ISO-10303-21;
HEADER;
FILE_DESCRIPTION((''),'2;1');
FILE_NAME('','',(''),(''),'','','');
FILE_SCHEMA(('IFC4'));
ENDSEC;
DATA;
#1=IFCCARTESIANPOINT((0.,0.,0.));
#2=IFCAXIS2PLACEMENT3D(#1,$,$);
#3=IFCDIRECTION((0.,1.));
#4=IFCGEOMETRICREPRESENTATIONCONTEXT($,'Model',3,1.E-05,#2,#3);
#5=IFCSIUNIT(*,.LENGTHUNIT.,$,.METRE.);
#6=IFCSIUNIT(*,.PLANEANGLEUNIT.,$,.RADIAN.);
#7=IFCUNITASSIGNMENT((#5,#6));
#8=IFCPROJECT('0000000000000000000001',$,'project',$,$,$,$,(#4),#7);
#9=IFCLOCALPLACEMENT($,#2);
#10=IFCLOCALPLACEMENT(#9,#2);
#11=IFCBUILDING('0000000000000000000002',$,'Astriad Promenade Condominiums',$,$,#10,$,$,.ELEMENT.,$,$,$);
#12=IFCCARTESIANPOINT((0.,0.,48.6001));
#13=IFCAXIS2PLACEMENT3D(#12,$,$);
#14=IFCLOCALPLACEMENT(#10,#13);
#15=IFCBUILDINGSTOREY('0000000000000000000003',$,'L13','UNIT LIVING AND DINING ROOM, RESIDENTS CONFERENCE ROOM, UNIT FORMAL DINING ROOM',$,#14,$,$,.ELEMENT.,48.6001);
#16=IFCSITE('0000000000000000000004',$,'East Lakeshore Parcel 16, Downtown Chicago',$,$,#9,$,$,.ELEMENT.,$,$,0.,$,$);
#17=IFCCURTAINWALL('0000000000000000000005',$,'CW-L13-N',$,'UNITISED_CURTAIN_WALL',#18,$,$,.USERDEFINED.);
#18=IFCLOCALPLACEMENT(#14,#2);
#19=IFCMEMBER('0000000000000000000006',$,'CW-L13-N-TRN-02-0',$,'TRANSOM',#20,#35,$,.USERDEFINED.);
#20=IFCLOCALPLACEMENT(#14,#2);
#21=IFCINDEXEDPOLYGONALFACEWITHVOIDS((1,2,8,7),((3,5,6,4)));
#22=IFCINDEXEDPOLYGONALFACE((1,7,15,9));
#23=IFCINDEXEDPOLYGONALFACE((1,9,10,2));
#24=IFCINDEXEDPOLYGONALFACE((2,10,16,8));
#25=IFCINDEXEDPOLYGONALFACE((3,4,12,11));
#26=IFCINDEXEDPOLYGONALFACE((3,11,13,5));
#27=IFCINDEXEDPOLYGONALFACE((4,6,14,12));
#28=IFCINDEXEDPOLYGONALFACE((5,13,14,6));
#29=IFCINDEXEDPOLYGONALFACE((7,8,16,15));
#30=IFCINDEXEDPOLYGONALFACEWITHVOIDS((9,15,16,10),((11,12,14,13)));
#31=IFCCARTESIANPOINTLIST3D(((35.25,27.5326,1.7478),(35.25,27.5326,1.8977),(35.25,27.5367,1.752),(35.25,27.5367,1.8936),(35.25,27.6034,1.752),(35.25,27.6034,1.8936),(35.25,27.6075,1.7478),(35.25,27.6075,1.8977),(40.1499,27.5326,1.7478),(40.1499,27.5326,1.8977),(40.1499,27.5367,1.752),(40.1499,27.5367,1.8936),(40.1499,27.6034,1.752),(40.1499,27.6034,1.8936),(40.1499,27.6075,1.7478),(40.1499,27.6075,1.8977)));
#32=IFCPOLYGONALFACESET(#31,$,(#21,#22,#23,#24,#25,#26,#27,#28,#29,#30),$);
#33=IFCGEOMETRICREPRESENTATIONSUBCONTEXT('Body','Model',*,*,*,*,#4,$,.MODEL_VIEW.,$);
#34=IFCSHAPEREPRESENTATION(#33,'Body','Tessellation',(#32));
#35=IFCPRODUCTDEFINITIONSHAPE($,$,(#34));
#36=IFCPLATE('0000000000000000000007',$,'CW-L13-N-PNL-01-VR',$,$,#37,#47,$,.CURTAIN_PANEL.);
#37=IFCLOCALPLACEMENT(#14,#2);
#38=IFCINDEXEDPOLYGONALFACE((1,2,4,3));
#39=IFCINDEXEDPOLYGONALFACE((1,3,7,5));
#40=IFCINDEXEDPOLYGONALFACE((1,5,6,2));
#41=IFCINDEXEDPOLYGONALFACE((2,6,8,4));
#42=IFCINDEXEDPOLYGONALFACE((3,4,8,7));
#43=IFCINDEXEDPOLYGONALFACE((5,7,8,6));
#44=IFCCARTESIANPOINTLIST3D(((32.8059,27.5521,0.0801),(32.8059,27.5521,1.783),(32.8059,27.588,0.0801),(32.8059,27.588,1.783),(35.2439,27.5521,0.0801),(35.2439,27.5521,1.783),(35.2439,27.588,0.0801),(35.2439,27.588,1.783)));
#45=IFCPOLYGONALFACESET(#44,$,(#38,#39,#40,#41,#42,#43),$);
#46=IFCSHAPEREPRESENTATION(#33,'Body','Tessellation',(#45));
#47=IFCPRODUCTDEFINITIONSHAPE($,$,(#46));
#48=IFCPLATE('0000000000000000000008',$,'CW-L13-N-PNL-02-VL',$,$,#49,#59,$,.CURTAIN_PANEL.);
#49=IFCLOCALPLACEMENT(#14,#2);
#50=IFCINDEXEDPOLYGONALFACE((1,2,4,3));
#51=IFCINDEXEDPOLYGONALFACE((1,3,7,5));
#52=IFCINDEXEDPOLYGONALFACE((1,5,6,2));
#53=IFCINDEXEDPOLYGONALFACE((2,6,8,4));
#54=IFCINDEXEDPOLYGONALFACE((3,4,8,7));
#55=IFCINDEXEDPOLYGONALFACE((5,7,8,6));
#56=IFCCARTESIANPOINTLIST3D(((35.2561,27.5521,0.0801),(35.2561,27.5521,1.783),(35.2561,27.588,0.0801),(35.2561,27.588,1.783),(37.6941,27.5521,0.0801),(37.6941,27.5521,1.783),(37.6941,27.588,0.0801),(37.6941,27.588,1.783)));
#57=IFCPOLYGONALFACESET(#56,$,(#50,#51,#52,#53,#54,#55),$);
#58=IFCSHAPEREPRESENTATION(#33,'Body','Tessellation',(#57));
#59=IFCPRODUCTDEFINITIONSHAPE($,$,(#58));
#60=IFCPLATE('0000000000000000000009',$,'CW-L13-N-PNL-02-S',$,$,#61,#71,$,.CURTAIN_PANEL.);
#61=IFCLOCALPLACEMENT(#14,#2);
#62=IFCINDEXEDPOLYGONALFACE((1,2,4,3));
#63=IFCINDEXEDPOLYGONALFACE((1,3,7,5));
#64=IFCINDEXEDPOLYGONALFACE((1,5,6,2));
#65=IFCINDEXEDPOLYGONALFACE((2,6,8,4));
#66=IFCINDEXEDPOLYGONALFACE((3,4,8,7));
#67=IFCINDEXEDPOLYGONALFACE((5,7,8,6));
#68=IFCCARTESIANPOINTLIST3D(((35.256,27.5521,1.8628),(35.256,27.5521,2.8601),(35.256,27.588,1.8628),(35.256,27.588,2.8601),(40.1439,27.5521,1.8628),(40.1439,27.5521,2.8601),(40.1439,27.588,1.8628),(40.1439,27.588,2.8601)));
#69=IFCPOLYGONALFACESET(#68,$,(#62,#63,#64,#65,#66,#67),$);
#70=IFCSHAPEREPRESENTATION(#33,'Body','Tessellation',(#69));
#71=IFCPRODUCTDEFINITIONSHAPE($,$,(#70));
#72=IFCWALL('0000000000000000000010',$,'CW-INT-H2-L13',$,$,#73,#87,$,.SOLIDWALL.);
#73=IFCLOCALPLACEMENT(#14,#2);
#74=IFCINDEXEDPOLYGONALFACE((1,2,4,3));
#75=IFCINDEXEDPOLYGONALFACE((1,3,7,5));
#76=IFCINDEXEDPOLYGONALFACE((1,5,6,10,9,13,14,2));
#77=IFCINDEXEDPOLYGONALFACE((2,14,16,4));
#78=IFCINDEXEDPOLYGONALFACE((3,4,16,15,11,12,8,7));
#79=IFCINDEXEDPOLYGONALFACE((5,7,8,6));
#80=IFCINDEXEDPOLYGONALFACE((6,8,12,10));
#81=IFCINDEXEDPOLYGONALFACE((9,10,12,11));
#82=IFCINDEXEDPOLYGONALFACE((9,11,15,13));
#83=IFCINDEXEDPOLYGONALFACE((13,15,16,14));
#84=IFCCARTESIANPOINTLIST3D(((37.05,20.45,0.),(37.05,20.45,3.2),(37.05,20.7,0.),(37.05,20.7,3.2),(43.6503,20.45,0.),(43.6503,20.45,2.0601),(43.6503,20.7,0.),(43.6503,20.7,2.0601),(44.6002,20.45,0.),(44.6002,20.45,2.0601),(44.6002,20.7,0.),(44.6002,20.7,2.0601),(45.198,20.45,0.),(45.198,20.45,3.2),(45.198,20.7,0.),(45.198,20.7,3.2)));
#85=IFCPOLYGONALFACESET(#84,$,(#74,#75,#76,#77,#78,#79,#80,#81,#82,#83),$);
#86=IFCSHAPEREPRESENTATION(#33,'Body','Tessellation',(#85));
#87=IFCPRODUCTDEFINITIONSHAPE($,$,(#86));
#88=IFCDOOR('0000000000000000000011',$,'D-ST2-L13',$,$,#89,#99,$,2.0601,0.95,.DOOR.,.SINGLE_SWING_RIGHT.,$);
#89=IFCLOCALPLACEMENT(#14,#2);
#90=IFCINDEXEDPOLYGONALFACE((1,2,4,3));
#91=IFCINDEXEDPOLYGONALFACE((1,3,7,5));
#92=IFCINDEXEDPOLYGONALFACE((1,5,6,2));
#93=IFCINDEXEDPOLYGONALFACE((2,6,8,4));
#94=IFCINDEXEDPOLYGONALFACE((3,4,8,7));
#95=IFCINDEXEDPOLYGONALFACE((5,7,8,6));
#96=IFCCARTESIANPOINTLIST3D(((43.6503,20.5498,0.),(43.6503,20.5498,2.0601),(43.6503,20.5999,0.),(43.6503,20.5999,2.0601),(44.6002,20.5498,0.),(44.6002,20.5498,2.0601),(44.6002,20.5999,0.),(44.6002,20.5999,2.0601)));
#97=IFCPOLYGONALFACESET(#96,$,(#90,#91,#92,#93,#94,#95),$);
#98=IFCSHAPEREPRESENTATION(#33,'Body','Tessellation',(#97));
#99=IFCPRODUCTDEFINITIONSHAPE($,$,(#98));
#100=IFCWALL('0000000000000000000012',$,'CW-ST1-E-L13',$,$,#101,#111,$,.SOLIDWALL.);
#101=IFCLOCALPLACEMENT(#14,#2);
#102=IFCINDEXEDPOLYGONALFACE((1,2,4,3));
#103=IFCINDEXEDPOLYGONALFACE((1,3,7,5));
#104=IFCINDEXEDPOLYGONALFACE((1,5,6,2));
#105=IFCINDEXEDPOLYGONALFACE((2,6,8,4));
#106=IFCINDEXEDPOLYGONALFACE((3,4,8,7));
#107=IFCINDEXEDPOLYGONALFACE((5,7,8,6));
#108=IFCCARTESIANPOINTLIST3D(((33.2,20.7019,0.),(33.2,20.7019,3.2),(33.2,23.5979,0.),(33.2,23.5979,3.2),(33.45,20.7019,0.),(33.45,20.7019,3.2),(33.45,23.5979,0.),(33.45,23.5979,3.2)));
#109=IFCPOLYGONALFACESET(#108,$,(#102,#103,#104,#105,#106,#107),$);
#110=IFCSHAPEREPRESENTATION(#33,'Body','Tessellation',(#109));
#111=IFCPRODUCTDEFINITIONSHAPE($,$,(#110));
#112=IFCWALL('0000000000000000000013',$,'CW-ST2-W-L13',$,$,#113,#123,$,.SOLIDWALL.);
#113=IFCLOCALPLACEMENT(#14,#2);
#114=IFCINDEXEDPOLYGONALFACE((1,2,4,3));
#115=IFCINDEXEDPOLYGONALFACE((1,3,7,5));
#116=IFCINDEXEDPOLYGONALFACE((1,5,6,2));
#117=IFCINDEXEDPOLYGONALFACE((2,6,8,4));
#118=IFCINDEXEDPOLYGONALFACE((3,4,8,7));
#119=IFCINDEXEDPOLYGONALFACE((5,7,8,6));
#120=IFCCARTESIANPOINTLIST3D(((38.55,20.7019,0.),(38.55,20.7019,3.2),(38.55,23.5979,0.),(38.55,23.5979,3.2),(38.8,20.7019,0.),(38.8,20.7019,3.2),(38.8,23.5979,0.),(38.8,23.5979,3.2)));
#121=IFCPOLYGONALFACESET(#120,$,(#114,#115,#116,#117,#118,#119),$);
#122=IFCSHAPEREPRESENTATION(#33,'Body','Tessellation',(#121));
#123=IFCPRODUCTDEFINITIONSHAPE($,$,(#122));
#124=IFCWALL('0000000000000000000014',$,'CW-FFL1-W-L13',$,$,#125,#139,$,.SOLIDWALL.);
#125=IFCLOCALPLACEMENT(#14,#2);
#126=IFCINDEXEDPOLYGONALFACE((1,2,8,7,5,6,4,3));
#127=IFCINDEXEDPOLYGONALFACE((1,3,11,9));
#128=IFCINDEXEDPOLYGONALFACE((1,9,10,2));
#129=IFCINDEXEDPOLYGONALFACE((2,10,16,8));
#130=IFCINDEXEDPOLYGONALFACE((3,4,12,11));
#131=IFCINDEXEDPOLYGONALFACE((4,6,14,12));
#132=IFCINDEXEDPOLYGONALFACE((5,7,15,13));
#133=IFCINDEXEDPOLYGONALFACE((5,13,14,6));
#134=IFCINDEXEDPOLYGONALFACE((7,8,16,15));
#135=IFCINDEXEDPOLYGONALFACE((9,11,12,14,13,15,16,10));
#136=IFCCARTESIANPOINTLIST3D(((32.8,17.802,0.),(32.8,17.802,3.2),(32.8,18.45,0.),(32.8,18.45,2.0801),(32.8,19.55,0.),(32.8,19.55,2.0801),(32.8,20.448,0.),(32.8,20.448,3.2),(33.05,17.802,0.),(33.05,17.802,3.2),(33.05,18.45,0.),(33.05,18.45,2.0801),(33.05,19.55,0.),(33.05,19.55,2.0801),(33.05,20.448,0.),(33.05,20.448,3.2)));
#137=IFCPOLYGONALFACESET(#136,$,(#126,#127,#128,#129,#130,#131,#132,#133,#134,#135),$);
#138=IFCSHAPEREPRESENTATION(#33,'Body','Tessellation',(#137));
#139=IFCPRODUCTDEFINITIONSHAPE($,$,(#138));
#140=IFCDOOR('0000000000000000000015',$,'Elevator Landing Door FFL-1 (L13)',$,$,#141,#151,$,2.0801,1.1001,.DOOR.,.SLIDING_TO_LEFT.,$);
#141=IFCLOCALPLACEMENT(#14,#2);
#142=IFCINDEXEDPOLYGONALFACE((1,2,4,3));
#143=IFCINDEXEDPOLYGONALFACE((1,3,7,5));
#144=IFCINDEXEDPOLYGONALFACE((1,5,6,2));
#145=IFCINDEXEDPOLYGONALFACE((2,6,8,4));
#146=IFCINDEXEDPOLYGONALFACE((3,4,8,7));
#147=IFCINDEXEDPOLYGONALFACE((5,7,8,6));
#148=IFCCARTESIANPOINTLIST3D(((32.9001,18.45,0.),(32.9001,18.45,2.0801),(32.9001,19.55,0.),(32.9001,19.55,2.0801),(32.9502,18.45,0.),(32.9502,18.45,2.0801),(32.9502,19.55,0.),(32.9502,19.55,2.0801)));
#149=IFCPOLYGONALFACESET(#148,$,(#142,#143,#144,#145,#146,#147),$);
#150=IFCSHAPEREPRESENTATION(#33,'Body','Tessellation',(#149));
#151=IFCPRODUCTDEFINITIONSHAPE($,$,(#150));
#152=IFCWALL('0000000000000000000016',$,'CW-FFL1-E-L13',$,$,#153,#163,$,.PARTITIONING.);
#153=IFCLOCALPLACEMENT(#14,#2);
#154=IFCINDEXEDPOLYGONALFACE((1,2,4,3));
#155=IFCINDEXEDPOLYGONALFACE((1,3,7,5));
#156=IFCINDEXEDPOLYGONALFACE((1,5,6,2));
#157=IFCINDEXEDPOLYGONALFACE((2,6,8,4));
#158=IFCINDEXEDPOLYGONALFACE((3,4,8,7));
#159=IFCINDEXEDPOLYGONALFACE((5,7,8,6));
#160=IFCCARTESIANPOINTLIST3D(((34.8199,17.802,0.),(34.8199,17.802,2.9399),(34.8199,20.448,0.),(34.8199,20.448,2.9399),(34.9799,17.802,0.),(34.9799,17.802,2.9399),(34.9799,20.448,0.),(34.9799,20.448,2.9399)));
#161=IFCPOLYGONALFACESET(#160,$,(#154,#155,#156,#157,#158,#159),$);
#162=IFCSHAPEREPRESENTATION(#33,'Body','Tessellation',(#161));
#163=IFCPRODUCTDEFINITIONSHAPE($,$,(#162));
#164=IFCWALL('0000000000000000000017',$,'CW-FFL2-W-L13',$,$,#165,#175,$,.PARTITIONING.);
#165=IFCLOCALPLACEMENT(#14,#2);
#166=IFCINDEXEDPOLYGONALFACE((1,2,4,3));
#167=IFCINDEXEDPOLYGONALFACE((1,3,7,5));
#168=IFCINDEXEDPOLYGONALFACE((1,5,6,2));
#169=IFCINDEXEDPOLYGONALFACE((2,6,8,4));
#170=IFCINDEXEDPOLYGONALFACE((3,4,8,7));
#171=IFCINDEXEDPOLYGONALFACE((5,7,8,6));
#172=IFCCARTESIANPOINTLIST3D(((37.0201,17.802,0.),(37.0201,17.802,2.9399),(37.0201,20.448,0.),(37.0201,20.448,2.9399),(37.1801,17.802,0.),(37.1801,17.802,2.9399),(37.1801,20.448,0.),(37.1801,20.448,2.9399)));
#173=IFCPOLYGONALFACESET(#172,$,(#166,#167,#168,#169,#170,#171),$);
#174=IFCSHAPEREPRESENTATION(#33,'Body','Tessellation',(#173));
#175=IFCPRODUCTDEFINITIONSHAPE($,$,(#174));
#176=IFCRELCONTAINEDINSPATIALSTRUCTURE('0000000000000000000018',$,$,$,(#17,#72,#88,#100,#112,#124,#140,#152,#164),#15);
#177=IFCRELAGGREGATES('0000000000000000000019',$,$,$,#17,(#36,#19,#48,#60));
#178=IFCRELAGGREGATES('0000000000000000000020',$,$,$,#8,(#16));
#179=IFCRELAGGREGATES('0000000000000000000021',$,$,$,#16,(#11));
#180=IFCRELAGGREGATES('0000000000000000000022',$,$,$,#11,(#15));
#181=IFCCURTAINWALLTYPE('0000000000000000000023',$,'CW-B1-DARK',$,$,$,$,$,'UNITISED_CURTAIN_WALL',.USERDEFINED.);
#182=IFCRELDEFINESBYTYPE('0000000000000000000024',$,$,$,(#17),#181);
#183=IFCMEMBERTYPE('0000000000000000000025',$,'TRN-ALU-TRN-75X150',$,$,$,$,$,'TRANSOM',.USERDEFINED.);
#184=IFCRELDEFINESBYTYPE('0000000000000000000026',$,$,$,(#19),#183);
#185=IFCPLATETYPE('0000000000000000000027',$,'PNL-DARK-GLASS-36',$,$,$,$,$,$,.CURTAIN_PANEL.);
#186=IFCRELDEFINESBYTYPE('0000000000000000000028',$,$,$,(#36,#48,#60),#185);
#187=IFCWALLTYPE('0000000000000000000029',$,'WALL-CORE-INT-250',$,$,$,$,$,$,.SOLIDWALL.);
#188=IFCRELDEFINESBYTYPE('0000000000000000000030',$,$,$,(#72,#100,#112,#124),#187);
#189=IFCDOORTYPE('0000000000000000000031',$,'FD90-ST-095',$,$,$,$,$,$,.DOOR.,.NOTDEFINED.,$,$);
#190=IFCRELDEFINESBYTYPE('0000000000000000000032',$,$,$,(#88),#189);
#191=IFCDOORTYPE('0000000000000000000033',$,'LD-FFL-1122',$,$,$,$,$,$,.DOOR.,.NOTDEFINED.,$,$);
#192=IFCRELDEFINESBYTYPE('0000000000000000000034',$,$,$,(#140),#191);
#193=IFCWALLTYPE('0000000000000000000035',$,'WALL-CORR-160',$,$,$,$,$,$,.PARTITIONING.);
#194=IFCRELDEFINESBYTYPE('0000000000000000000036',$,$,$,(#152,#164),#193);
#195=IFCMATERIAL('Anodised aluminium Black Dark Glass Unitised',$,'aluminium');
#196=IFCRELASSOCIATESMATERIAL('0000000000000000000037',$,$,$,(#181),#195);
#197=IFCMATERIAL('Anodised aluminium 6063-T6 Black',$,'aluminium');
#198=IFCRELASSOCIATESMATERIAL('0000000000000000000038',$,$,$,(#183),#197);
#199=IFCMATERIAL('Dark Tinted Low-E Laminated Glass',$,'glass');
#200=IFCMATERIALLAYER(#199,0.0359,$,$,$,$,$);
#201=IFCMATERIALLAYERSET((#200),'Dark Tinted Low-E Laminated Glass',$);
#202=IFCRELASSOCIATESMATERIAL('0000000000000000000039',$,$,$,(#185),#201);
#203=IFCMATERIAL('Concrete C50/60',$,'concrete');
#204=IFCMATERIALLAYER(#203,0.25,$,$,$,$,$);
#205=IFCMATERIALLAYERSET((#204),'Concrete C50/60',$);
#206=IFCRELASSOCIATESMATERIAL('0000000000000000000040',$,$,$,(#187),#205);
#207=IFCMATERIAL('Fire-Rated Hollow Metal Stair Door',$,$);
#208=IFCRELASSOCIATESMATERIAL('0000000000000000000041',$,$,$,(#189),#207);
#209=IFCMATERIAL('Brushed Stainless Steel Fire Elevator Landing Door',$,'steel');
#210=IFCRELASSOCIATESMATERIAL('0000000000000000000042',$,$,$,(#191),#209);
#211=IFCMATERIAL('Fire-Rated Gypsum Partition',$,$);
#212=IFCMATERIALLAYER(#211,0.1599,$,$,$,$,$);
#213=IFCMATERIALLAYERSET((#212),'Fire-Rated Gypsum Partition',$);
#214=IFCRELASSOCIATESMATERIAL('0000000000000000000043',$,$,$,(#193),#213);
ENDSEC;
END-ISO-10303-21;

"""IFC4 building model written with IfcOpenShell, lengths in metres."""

from ifc_helpers import new_model, si_unit, direction, frame, frame_2d, origin, origin_2d, place, context, subcontext, project, spatial, rectangle, hollow_rectangle, extrude, source, transform, mapped, material, layer, layer_set, material_profile, profile_set, type_object, type_shapes, element, fill, aggregate, save


model = new_model("IFC4")

# Units and contexts
model_context = context("Model", 3, precision=1e-05, world=origin(), true_north=direction((0.0, 1.0)))
body_context = subcontext(model_context, "Body", "Model", "MODEL_VIEW")
ifc_project = project(units=[si_unit("LENGTHUNIT", "METRE"), si_unit("PLANEANGLEUNIT", "RADIAN")], contexts=[model_context])

# Site, building, storey
site_placement = place(None, origin())
site = spatial("IfcSite", under=ifc_project, at=site_placement, Name="East Lakeshore Parcel 16, Downtown Chicago", CompositionType="ELEMENT", RefElevation=0.0)
building_placement = place(site_placement, origin())
building = spatial("IfcBuilding", under=site, at=building_placement, Name="Astriad Promenade Condominiums", CompositionType="ELEMENT")
storey_placement = place(building_placement, frame((0.0, 0.0, 48.6001)))
storey = spatial("IfcBuildingStorey", under=building, at=storey_placement, Name="L13", Description="UNIT LIVING AND DINING ROOM, RESIDENTS CONFERENCE ROOM, UNIT FORMAL DINING ROOM", CompositionType="ELEMENT", Elevation=48.6001)

# Curtain wall, member, plates
ifc_material_1 = material(Name="Anodised aluminium Black Dark Glass Unitised", Category="aluminium")
curtain_wall_type = type_object("IfcCurtainWallType", Name="CW-B1-DARK", ElementType="UNITISED_CURTAIN_WALL", PredefinedType="USERDEFINED", material=ifc_material_1)
curtain_wall_placement = place(storey_placement, origin())
curtain_wall = element("IfcCurtainWall", 1, at=curtain_wall_placement, inside=storey, type_object=curtain_wall_type, Name="CW-L13-N", ObjectType="UNITISED_CURTAIN_WALL", PredefinedType="USERDEFINED")
ifc_material_2 = material(Name="Anodised aluminium 6063-T6 Black", Category="aluminium")
ifc_material_profile_1 = material_profile(ifc_material_2, hollow_rectangle(XDim=0.075, YDim=0.1499, WallThickness=0.0042, at=origin_2d()), Name="ALU-TRN-75X150")
ifc_profile_set_1 = profile_set([ifc_material_profile_1], Name="Anodised aluminium 6063-T6 Black")
member_type_1 = type_object("IfcMemberType", Name="TRN-ALU-TRN-75X150", ElementType="TRANSOM", PredefinedType="USERDEFINED", material=ifc_profile_set_1)
shared_shape_1 = source(origin(), body_context, "Body", "SweptSolid", [
    extrude(hollow_rectangle(XDim=0.075, YDim=0.1499, WallThickness=0.0042, at=origin_2d()), origin(), (0.0, 0.0, 1.0), 4.8999),
])
type_shapes(member_type_1, [shared_shape_1])
member_1_placement = place(storey_placement, frame((35.25, 27.5701, 1.8228), z_axis=(1.0, 0.0, 0.0), x_axis=(0.0, 1.0, 0.0)))
member_1 = element("IfcMember", 2, at=member_1_placement, type_object=member_type_1, Name="CW-L13-N-TRN-02-0", ObjectType="TRANSOM", PredefinedType="USERDEFINED", context=body_context, shape_type="MappedRepresentation", body=[
    mapped(shared_shape_1, transform((0.0, 0.0, 0.0), scale=1.0)),
])
ifc_material_3 = material(Name="Dark Tinted Low-E Laminated Glass", Category="glass")
ifc_layer_1 = layer(ifc_material_3, 0.0359)
ifc_layer_set_1 = layer_set([ifc_layer_1], Name="Dark Tinted Low-E Laminated Glass")
plate_type = type_object("IfcPlateType", Name="PNL-DARK-GLASS-36", PredefinedType="CURTAIN_PANEL", material=ifc_layer_set_1)
shared_shape_2 = source(origin(), body_context, "Body", "SweptSolid", [
    extrude(rectangle(XDim=2.438, YDim=0.0359, at=origin_2d()), origin(), (0.0, 0.0, 1.0), 1.7029),
])
plate_1_placement = place(storey_placement, frame((34.0249, 27.5701, 0.0801), z_axis=(0.0, 0.0, 1.0), x_axis=(1.0, 0.0, 0.0)))
plate_1 = element("IfcPlate", 3, at=plate_1_placement, type_object=plate_type, Name="CW-L13-N-PNL-01-VR", PredefinedType="CURTAIN_PANEL", context=body_context, shape_type="MappedRepresentation", body=[
    mapped(shared_shape_2, transform((0.0, 0.0, 0.0), scale=1.0)),
])
plate_2_placement = place(storey_placement, frame((36.4751, 27.5701, 0.0801), z_axis=(0.0, 0.0, 1.0), x_axis=(1.0, 0.0, 0.0)))
plate_2 = element("IfcPlate", 4, at=plate_2_placement, type_object=plate_type, Name="CW-L13-N-PNL-02-VL", PredefinedType="CURTAIN_PANEL", context=body_context, shape_type="MappedRepresentation", body=[
    mapped(shared_shape_2, transform((0.0, 0.0, 0.0), scale=1.0)),
])
shared_shape_3 = source(origin(), body_context, "Body", "SweptSolid", [
    extrude(rectangle(XDim=4.8879, YDim=0.0359, at=origin_2d()), origin(), (0.0, 0.0, 1.0), 0.9973),
])
type_shapes(plate_type, [shared_shape_2, shared_shape_3])
plate_3_placement = place(storey_placement, frame((37.7, 27.5701, 1.8628), z_axis=(0.0, 0.0, 1.0), x_axis=(1.0, 0.0, 0.0)))
plate_3 = element("IfcPlate", 5, at=plate_3_placement, type_object=plate_type, Name="CW-L13-N-PNL-02-S", PredefinedType="CURTAIN_PANEL", context=body_context, shape_type="MappedRepresentation", body=[
    mapped(shared_shape_3, transform((0.0, 0.0, 0.0), scale=1.0)),
])
aggregate(curtain_wall, [plate_1, member_1, plate_2, plate_3])

# Wall, opening, door
ifc_material_4 = material(Name="Concrete C50/60", Category="concrete")
ifc_layer_2 = layer(ifc_material_4, 0.25)
ifc_layer_set_2 = layer_set([ifc_layer_2], Name="Concrete C50/60")
wall_type_1 = type_object("IfcWallType", Name="WALL-CORE-INT-250", PredefinedType="SOLIDWALL", material=ifc_layer_set_2)
wall_1_placement = place(storey_placement, frame((37.05, 20.575, 0.0), z_axis=(0.0, 0.0, 1.0), x_axis=(1.0, 0.0, 0.0)))
wall_1 = element("IfcWall", 6, at=wall_1_placement, inside=storey, type_object=wall_type_1, Name="CW-INT-H2-L13", PredefinedType="SOLIDWALL", context=body_context, shape_type="SweptSolid", body=[
    extrude(rectangle(XDim=8.1479, YDim=0.25, at=frame_2d((4.074, 0.0))), origin(), (0.0, 0.0, 1.0), 3.2),
])
opening_1_placement = place(wall_1_placement, frame((6.6001, 0.0, 0.0)))
opening_1 = element("IfcOpeningElement", 7, at=opening_1_placement, cuts=wall_1, PredefinedType="OPENING", context=body_context, shape_type="SweptSolid", body=[
    extrude(rectangle(XDim=0.95, YDim=2.0601, at=frame_2d((0.4751, 1.03))), frame((0.0, 0.135, 0.0), z_axis=(0.0, -1.0, 0.0), x_axis=(1.0, 0.0, 0.0)), (0.0, 0.0, 1.0), 0.27),
])
ifc_material_5 = material(Name="Fire-Rated Hollow Metal Stair Door")
door_type_1 = type_object("IfcDoorType", Name="FD90-ST-095", OperationType="NOTDEFINED", PredefinedType="DOOR", material=ifc_material_5)
shared_shape_4 = source(origin(), body_context, "Body", "SweptSolid", [
    extrude(rectangle(XDim=0.95, YDim=2.0601, at=frame_2d((0.4751, 1.03))), frame((0.0, 0.0249, 0.0), z_axis=(0.0, -1.0, 0.0), x_axis=(1.0, 0.0, 0.0)), (0.0, 0.0, 1.0), 0.05),
])
type_shapes(door_type_1, [shared_shape_4])
door_1_placement = place(opening_1_placement, origin())
door_1 = element("IfcDoor", 8, at=door_1_placement, inside=storey, type_object=door_type_1, Name="D-ST2-L13", OperationType="SINGLE_SWING_RIGHT", OverallHeight=2.0601, OverallWidth=0.95, PredefinedType="DOOR", context=body_context, shape_type="MappedRepresentation", body=[
    mapped(shared_shape_4, transform((0.0, 0.0, 0.0), scale=1.0)),
])
fill(opening_1, door_1)

# Walls
for number, where, z_axis, x_axis, name in (
    (9, (33.325, 20.7019, 0.0), (0.0, 0.0, 1.0), (0.0, 1.0, 0.0), "CW-ST1-E-L13"),
    (10, (38.675, 20.7019, 0.0), (0.0, 0.0, 1.0), (0.0, 1.0, 0.0), "CW-ST2-W-L13"),
):
    element("IfcWall", number, at=place(storey_placement, frame(where, z_axis=z_axis, x_axis=x_axis)), inside=storey, type_object=wall_type_1, Name=name, PredefinedType="SOLIDWALL", context=body_context, shape_type="SweptSolid", body=[
        extrude(rectangle(XDim=2.896, YDim=0.25, at=frame_2d((1.448, 0.0))), origin(), (0.0, 0.0, 1.0), 3.2),
    ])

# Wall, opening, door
wall_2_placement = place(storey_placement, frame((32.925, 17.802, 0.0), z_axis=(0.0, 0.0, 1.0), x_axis=(0.0, 1.0, 0.0)))
wall_2 = element("IfcWall", 11, at=wall_2_placement, inside=storey, type_object=wall_type_1, Name="CW-FFL1-W-L13", PredefinedType="SOLIDWALL", context=body_context, shape_type="SweptSolid", body=[
    extrude(rectangle(XDim=2.646, YDim=0.25, at=frame_2d((1.323, 0.0))), origin(), (0.0, 0.0, 1.0), 3.2),
])
opening_2_placement = place(wall_2_placement, frame((0.6479, 0.0, 0.0)))
opening_2 = element("IfcOpeningElement", 12, at=opening_2_placement, cuts=wall_2, PredefinedType="OPENING", context=body_context, shape_type="SweptSolid", body=[
    extrude(rectangle(XDim=1.1001, YDim=2.0801, at=frame_2d((0.55, 1.04))), frame((0.0, 0.135, 0.0), z_axis=(0.0, -1.0, 0.0), x_axis=(1.0, 0.0, 0.0)), (0.0, 0.0, 1.0), 0.27),
])
ifc_material_6 = material(Name="Brushed Stainless Steel Fire Elevator Landing Door", Category="steel")
door_type_2 = type_object("IfcDoorType", Name="LD-FFL-1122", OperationType="NOTDEFINED", PredefinedType="DOOR", material=ifc_material_6)
shared_shape_5 = source(origin(), body_context, "Body", "SweptSolid", [
    extrude(rectangle(XDim=1.1001, YDim=2.0801, at=frame_2d((0.55, 1.04))), frame((0.0, 0.0249, 0.0), z_axis=(0.0, -1.0, 0.0), x_axis=(1.0, 0.0, 0.0)), (0.0, 0.0, 1.0), 0.05),
])
type_shapes(door_type_2, [shared_shape_5])
door_2_placement = place(opening_2_placement, origin())
door_2 = element("IfcDoor", 13, at=door_2_placement, inside=storey, type_object=door_type_2, Name="Elevator Landing Door FFL-1 (L13)", OperationType="SLIDING_TO_LEFT", OverallHeight=2.0801, OverallWidth=1.1001, PredefinedType="DOOR", context=body_context, shape_type="MappedRepresentation", body=[
    mapped(shared_shape_5, transform((0.0, 0.0, 0.0), scale=1.0)),
])
fill(opening_2, door_2)

# Walls
ifc_material_7 = material(Name="Fire-Rated Gypsum Partition")
ifc_layer_3 = layer(ifc_material_7, 0.1599)
ifc_layer_set_3 = layer_set([ifc_layer_3], Name="Fire-Rated Gypsum Partition")
wall_type_2 = type_object("IfcWallType", Name="WALL-CORR-160", PredefinedType="PARTITIONING", material=ifc_layer_set_3)
for number, where, z_axis, x_axis, name in (
    (14, (34.8999, 17.802, 0.0), (0.0, 0.0, 1.0), (0.0, 1.0, 0.0), "CW-FFL1-E-L13"),
    (15, (37.1001, 17.802, 0.0), (0.0, 0.0, 1.0), (0.0, 1.0, 0.0), "CW-FFL2-W-L13"),
):
    element("IfcWall", number, at=place(storey_placement, frame(where, z_axis=z_axis, x_axis=x_axis)), inside=storey, type_object=wall_type_2, Name=name, PredefinedType="PARTITIONING", context=body_context, shape_type="SweptSolid", body=[
        extrude(rectangle(XDim=2.646, YDim=0.1599, at=frame_2d((1.323, 0.0))), origin(), (0.0, 0.0, 1.0), 2.9399),
    ])

save(model, "model.ifc")
